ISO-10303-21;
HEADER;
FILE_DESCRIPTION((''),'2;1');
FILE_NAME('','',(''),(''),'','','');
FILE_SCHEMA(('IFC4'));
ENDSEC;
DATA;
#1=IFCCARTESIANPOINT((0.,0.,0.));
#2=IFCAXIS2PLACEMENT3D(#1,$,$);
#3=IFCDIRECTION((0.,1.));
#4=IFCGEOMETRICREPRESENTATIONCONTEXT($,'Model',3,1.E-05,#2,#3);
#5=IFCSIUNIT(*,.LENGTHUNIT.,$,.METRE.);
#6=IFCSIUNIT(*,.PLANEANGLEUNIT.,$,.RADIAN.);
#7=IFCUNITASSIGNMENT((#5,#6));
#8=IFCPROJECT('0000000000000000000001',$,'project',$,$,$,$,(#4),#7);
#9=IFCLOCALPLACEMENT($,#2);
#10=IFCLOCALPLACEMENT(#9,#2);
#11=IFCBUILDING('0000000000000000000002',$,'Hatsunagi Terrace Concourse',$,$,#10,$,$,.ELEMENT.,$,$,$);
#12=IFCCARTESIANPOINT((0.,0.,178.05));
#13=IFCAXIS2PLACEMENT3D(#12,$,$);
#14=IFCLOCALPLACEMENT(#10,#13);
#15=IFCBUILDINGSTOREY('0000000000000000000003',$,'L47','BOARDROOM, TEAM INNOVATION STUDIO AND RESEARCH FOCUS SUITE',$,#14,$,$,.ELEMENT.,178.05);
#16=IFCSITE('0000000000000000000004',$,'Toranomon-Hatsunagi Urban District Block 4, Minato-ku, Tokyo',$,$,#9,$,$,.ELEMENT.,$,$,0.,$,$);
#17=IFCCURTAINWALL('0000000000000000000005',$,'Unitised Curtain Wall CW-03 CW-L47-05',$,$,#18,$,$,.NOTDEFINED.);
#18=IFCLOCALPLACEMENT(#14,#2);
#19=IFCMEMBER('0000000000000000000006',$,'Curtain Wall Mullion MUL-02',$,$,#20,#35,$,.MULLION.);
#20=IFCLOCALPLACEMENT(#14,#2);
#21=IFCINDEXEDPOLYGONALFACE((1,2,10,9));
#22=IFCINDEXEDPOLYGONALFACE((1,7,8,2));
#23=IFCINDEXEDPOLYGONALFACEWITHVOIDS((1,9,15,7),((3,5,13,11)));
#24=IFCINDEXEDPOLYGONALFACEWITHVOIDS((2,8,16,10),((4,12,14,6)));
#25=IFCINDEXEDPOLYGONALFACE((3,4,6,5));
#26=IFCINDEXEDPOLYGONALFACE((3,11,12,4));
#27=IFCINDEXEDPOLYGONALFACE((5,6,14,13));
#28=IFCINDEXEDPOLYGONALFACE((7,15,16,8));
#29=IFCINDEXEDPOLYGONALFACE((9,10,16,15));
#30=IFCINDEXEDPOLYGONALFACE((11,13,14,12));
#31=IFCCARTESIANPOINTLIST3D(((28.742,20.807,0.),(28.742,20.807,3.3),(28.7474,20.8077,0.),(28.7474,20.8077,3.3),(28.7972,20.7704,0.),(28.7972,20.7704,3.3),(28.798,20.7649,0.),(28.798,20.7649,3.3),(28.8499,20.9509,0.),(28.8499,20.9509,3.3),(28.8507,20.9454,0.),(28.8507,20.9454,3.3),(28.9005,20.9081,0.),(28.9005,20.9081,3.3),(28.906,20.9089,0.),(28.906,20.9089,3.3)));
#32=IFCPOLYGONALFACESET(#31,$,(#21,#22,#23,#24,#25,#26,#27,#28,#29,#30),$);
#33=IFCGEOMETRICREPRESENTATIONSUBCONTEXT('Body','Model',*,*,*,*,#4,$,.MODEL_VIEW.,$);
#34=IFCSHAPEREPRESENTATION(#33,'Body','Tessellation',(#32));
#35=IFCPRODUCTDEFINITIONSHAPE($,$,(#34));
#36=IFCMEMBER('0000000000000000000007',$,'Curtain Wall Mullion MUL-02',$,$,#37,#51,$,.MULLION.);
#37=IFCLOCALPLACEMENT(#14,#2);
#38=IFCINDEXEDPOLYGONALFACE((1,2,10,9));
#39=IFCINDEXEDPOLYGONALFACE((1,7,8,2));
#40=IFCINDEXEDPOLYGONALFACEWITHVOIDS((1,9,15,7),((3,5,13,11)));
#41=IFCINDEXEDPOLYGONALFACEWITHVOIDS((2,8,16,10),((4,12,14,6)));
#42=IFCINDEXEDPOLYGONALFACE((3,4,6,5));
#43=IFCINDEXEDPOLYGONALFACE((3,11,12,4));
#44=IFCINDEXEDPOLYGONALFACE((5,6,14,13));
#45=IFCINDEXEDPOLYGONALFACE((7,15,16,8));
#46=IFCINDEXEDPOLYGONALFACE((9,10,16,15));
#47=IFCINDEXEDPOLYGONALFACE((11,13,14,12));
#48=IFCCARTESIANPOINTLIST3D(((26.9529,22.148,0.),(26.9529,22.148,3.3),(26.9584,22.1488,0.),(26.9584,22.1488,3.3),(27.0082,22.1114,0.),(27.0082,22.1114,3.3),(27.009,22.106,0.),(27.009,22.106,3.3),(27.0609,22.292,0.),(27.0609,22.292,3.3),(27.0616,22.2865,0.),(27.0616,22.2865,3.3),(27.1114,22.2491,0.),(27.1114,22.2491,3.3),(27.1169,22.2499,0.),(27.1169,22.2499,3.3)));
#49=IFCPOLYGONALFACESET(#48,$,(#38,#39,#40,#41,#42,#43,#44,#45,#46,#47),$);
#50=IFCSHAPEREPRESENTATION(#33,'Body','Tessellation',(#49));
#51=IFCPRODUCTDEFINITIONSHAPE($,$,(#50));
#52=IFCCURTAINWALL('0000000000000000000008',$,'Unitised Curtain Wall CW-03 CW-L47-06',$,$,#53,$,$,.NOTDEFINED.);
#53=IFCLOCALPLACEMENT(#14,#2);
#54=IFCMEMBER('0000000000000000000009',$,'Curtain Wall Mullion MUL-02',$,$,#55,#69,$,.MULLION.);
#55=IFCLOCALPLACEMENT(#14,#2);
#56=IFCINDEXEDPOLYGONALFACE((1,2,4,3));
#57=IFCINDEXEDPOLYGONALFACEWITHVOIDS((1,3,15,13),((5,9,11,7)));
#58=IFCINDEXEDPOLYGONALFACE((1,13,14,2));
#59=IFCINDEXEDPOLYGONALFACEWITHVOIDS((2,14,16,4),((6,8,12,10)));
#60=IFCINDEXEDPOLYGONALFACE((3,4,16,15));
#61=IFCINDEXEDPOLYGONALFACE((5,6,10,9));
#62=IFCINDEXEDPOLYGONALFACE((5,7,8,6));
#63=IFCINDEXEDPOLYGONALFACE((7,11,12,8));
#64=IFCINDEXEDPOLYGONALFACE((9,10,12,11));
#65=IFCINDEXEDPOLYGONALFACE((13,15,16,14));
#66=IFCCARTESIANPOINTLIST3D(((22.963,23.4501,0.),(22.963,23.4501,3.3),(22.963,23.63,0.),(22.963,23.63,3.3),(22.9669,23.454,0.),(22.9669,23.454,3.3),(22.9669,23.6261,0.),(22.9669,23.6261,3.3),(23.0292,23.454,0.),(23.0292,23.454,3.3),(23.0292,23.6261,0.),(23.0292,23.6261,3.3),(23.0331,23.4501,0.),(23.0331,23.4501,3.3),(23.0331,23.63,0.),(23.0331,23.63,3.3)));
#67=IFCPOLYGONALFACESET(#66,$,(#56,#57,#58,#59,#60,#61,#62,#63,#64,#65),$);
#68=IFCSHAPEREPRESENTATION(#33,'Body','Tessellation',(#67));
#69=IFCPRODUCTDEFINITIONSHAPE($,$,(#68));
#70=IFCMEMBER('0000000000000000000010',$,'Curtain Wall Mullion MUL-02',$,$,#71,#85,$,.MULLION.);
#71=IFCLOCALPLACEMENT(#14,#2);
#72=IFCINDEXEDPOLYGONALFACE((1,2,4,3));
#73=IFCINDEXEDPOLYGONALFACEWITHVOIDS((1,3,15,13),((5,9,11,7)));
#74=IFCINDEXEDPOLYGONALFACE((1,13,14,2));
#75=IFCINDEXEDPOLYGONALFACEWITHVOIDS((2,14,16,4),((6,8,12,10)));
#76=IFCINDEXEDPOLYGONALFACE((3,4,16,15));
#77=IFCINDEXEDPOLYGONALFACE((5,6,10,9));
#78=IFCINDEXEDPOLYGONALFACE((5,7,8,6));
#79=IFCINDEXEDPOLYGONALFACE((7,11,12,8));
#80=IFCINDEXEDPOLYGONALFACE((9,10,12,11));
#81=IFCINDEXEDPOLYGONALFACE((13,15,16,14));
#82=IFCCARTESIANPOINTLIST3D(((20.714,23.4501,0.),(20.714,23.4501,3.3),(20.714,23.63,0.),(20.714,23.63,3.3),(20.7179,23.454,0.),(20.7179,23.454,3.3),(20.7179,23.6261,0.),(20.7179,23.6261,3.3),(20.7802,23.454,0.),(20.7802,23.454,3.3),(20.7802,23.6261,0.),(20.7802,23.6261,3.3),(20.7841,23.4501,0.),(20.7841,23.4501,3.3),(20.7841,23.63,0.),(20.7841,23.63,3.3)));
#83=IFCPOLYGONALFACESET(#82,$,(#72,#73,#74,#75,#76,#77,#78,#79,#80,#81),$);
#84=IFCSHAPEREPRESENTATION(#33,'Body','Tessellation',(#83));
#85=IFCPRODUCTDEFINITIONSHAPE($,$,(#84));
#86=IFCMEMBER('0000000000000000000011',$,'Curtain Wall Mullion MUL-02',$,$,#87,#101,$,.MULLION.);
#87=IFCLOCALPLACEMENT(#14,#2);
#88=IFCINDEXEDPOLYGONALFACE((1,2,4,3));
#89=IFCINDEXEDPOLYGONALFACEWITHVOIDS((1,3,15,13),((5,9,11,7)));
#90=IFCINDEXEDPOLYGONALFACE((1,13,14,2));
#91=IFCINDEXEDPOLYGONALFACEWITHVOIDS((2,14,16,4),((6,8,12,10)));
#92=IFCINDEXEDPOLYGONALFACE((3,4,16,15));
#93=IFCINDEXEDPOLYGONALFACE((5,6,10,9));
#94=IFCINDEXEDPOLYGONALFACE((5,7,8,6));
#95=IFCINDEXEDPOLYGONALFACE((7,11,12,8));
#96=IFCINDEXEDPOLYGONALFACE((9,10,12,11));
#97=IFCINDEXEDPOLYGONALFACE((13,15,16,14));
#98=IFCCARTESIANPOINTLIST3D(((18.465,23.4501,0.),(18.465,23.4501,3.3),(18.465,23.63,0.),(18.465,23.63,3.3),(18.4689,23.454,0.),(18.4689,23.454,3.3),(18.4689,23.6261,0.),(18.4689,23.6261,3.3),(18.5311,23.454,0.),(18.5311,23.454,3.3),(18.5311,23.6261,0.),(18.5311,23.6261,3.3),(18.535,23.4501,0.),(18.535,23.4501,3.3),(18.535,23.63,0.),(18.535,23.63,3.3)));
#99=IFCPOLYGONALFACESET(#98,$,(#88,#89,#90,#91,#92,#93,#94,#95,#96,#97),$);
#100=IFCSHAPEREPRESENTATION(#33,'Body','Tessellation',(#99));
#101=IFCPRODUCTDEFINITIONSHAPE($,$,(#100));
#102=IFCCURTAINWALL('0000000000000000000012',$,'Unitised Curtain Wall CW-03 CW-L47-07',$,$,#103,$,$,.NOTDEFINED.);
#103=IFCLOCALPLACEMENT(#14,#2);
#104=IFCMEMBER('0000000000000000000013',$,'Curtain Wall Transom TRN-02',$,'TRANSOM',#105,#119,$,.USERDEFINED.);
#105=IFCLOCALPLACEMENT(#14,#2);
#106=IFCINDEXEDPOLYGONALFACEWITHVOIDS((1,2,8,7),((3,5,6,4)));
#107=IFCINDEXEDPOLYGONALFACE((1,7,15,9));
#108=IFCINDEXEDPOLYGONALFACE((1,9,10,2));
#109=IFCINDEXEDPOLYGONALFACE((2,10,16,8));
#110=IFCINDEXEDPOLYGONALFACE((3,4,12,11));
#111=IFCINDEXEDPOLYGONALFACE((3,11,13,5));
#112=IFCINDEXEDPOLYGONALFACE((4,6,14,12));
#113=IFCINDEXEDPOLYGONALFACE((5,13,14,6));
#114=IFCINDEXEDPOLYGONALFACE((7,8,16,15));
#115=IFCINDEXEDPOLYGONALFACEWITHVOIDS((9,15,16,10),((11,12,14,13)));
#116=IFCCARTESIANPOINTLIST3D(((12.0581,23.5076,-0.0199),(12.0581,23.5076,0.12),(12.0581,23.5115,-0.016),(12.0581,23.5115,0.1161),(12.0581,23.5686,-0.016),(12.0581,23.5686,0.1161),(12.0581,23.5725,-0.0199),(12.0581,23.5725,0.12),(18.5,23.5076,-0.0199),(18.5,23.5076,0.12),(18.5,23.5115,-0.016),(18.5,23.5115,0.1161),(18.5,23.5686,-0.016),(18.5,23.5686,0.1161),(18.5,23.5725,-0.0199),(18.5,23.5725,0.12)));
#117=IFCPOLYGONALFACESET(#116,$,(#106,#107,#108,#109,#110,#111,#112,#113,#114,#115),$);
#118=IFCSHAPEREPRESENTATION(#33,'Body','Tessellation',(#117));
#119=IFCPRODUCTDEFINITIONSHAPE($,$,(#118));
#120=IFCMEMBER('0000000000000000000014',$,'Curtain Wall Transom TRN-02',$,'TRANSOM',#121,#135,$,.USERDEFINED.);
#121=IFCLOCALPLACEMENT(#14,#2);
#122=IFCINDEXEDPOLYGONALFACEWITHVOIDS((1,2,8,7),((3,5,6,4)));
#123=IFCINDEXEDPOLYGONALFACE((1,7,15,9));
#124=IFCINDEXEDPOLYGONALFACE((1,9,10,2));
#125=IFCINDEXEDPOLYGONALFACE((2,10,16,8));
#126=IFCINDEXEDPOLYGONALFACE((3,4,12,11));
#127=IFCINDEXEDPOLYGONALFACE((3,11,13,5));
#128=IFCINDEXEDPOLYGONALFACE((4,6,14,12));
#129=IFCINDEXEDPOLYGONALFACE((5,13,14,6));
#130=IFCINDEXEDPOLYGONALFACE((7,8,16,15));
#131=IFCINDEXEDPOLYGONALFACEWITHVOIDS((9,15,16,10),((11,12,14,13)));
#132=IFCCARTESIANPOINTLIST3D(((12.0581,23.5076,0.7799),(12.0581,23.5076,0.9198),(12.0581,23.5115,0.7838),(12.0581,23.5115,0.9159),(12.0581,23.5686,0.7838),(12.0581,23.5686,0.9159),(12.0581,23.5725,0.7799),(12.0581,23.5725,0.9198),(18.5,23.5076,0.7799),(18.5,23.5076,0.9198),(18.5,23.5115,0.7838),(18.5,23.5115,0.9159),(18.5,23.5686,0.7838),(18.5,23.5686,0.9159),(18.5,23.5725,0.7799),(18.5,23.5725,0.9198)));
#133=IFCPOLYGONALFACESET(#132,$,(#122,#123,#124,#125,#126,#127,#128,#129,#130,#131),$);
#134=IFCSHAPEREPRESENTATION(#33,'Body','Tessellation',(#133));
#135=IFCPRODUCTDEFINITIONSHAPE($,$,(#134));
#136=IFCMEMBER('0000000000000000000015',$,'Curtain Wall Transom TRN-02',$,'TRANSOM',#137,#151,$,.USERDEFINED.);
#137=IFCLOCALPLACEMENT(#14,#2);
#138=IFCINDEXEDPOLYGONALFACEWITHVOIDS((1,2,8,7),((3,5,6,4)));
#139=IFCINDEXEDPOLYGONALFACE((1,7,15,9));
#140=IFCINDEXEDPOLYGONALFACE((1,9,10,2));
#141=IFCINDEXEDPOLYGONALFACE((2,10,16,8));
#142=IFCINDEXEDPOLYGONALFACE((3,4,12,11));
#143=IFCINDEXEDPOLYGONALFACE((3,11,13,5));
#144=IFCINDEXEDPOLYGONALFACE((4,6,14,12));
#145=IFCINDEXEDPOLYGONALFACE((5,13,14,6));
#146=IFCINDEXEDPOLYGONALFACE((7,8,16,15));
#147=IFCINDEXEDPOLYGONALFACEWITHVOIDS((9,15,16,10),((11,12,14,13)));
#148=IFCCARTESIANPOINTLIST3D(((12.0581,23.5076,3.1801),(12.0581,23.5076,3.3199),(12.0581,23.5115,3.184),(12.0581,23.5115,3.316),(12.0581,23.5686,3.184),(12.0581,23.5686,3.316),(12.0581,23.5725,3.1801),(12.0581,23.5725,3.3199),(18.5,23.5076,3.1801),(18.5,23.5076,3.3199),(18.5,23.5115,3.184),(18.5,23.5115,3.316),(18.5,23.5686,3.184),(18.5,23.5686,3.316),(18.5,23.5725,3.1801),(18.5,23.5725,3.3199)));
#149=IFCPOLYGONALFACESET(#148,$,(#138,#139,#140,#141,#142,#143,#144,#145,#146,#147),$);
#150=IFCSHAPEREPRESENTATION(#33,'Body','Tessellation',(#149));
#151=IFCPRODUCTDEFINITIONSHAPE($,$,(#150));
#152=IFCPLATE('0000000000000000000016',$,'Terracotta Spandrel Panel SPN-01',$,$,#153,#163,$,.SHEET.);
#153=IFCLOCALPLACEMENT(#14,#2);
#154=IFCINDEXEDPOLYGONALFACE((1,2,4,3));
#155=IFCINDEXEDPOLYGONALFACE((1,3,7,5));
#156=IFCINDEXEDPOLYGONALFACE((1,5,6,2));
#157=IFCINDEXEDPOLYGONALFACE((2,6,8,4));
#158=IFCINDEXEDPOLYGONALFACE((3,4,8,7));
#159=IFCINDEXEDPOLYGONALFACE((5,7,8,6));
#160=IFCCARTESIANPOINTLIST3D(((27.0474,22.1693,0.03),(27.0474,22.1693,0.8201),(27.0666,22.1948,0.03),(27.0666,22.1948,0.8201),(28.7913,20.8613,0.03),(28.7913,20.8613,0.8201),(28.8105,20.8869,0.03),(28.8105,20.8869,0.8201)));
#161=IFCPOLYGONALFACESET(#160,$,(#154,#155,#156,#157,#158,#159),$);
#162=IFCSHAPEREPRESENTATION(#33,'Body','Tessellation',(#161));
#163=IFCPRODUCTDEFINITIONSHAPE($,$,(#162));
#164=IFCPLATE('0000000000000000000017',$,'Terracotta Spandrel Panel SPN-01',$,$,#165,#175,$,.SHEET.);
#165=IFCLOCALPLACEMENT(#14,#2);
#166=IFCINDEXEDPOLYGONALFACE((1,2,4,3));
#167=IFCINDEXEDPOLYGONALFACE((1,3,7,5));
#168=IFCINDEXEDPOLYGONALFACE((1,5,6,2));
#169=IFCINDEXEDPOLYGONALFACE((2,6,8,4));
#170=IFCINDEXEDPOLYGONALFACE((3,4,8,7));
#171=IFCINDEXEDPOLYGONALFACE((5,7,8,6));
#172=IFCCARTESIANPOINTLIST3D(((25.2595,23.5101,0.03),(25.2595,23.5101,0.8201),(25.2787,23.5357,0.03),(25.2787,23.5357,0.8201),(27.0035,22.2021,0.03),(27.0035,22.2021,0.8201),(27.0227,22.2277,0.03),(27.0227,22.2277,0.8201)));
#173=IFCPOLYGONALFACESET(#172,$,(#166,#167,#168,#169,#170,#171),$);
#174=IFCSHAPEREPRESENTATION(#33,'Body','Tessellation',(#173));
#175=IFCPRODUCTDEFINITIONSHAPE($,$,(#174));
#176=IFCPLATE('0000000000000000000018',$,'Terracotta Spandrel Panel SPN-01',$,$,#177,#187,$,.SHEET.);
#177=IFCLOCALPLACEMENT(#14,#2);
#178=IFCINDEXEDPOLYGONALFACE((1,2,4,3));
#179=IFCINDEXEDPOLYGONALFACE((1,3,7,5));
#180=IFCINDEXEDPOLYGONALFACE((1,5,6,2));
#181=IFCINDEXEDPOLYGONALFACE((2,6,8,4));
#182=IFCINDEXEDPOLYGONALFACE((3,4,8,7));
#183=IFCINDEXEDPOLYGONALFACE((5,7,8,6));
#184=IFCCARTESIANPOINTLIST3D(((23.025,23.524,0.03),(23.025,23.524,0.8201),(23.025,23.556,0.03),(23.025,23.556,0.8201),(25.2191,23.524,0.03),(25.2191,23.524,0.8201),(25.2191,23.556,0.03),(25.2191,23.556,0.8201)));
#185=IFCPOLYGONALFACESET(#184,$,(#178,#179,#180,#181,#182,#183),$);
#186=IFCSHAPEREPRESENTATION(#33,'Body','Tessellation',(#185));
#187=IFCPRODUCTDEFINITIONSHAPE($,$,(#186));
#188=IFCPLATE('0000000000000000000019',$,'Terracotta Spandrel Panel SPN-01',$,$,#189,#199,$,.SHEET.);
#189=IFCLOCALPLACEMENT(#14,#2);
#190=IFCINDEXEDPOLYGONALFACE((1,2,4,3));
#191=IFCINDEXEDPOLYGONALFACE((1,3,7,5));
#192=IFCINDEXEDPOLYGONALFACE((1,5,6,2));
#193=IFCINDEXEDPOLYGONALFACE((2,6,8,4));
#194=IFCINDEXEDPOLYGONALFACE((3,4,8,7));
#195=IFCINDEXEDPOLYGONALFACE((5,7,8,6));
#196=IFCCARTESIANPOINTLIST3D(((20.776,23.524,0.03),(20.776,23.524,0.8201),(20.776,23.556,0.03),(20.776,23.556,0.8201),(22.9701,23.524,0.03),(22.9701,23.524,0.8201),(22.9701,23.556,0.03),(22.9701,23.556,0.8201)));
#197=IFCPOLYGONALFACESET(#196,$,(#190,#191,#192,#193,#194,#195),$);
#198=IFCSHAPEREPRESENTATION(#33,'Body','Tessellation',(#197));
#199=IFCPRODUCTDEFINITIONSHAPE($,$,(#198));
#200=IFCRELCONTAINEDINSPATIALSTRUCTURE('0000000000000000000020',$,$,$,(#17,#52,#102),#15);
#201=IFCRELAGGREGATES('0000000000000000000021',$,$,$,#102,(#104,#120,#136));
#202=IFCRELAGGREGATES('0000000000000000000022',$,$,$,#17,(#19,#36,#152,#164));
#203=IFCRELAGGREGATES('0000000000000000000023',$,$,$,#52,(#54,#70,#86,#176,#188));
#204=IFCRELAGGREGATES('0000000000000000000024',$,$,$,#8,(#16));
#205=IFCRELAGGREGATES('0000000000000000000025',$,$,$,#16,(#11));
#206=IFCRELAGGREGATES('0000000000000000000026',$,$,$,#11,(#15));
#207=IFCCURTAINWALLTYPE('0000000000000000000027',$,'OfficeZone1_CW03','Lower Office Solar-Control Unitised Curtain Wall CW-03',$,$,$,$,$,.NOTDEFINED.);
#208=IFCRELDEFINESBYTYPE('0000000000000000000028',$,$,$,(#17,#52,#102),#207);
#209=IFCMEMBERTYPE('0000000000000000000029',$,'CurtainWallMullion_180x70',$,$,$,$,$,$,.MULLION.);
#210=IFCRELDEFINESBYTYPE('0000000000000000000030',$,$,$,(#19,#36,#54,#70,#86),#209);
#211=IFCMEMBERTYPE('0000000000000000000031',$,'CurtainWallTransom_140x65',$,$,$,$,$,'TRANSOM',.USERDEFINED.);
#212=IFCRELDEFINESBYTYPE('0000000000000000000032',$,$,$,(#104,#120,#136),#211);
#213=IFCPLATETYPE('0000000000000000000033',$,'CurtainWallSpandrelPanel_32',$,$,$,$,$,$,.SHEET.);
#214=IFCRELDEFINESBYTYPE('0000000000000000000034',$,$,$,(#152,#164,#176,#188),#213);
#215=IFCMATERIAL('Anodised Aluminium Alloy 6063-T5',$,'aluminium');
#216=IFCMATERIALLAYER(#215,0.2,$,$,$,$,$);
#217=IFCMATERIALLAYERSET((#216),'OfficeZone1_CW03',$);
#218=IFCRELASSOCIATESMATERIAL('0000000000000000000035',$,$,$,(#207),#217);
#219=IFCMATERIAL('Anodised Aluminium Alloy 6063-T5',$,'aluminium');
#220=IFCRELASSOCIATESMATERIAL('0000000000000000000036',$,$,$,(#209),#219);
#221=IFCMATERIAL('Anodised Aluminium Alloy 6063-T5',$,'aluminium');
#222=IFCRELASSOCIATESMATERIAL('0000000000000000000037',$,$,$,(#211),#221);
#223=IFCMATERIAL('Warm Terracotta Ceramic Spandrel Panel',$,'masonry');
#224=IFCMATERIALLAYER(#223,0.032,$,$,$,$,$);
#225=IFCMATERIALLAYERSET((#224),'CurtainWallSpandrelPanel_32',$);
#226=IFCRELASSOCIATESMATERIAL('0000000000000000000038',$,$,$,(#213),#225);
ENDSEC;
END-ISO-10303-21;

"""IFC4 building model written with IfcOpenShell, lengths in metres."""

from ifc_helpers import new_model, si_unit, direction, frame, origin, origin_2d, place, context, subcontext, project, spatial, rectangle, hollow_rectangle, extrude, material, layer, layer_set, material_profile, profile_set, type_object, element, aggregate, save


model = new_model("IFC4")

# Units and contexts
model_context = context("Model", 3, precision=1e-05, world=origin(), true_north=direction((0.0, 1.0)))
body_context = subcontext(model_context, "Body", "Model", "MODEL_VIEW")
ifc_project = project(units=[si_unit("LENGTHUNIT", "METRE"), si_unit("PLANEANGLEUNIT", "RADIAN")], contexts=[model_context])

# Site, building, storey
site_placement = place(None, origin())
site = spatial("IfcSite", under=ifc_project, at=site_placement, Name="Toranomon-Hatsunagi Urban District Block 4, Minato-ku, Tokyo", CompositionType="ELEMENT", RefElevation=0.0)
building_placement = place(site_placement, origin())
building = spatial("IfcBuilding", under=site, at=building_placement, Name="Hatsunagi Terrace Concourse", CompositionType="ELEMENT")
storey_placement = place(building_placement, frame((0.0, 0.0, 178.05)))
storey = spatial("IfcBuildingStorey", under=building, at=storey_placement, Name="L47", Description="BOARDROOM, TEAM INNOVATION STUDIO AND RESEARCH FOCUS SUITE", CompositionType="ELEMENT", Elevation=178.05)

# Curtain walls, members
ifc_material_1 = material(Name="Anodised Aluminium Alloy 6063-T5", Category="aluminium")
ifc_layer_1 = layer(ifc_material_1, 0.2)
ifc_layer_set_1 = layer_set([ifc_layer_1], Name="OfficeZone1_CW03")
curtain_wall_type = type_object("IfcCurtainWallType", Name="OfficeZone1_CW03", Description="Lower Office Solar-Control Unitised Curtain Wall CW-03", PredefinedType="NOTDEFINED", material=ifc_layer_set_1)
curtain_wall_1_placement = place(storey_placement, origin())
curtain_wall_1 = element("IfcCurtainWall", 1, at=curtain_wall_1_placement, inside=storey, type_object=curtain_wall_type, Name="Unitised Curtain Wall CW-03 CW-L47-05", PredefinedType="NOTDEFINED")
ifc_material_2 = material(Name="Anodised Aluminium Alloy 6063-T5", Category="aluminium")
ifc_material_profile_1 = material_profile(ifc_material_2, hollow_rectangle(XDim=0.0701, YDim=0.1799, WallThickness=0.0039, at=origin_2d()), Name="ALU-MUL-180x70x4")
ifc_profile_set_1 = profile_set([ifc_material_profile_1], Name="Anodised Aluminium Alloy 6063-T5")
member_type_1 = type_object("IfcMemberType", Name="CurtainWallMullion_180x70", PredefinedType="MULLION", material=ifc_profile_set_1)
member_1_placement = place(storey_placement, frame((28.824, 20.8579, 0.0), z_axis=(0.0, 0.0, 1.0), x_axis=(-0.800005, 0.599993, 0.0)))
member_1 = element("IfcMember", 2, at=member_1_placement, type_object=member_type_1, Name="Curtain Wall Mullion MUL-02", PredefinedType="MULLION", context=body_context, shape_type="SweptSolid", body=[
    extrude(hollow_rectangle(XDim=0.0701, YDim=0.1799, WallThickness=0.0039, at=origin_2d()), origin(), (0.0, 0.0, 1.0), 3.3),
])
member_2_placement = place(storey_placement, frame((27.0349, 22.199, 0.0), z_axis=(0.0, 0.0, 1.0), x_axis=(-0.800005, 0.599993, 0.0)))
member_2 = element("IfcMember", 3, at=member_2_placement, type_object=member_type_1, Name="Curtain Wall Mullion MUL-02", PredefinedType="MULLION", context=body_context, shape_type="SweptSolid", body=[
    extrude(hollow_rectangle(XDim=0.0701, YDim=0.1799, WallThickness=0.0039, at=origin_2d()), origin(), (0.0, 0.0, 1.0), 3.3),
])
curtain_wall_2_placement = place(storey_placement, origin())
curtain_wall_2 = element("IfcCurtainWall", 4, at=curtain_wall_2_placement, inside=storey, type_object=curtain_wall_type, Name="Unitised Curtain Wall CW-03 CW-L47-06", PredefinedType="NOTDEFINED")
member_3_placement = place(storey_placement, frame((22.998, 23.54, 0.0), z_axis=(0.0, 0.0, 1.0), x_axis=(-1.0, 0.0, 0.0)))
member_3 = element("IfcMember", 5, at=member_3_placement, type_object=member_type_1, Name="Curtain Wall Mullion MUL-02", PredefinedType="MULLION", context=body_context, shape_type="SweptSolid", body=[
    extrude(hollow_rectangle(XDim=0.0701, YDim=0.1799, WallThickness=0.0039, at=origin_2d()), origin(), (0.0, 0.0, 1.0), 3.3),
])
member_4_placement = place(storey_placement, frame((20.749, 23.54, 0.0), z_axis=(0.0, 0.0, 1.0), x_axis=(-1.0, 0.0, 0.0)))
member_4 = element("IfcMember", 6, at=member_4_placement, type_object=member_type_1, Name="Curtain Wall Mullion MUL-02", PredefinedType="MULLION", context=body_context, shape_type="SweptSolid", body=[
    extrude(hollow_rectangle(XDim=0.0701, YDim=0.1799, WallThickness=0.0039, at=origin_2d()), origin(), (0.0, 0.0, 1.0), 3.3),
])
member_5_placement = place(storey_placement, frame((18.5, 23.54, 0.0), z_axis=(0.0, 0.0, 1.0), x_axis=(-1.0, 0.0, 0.0)))
member_5 = element("IfcMember", 7, at=member_5_placement, type_object=member_type_1, Name="Curtain Wall Mullion MUL-02", PredefinedType="MULLION", context=body_context, shape_type="SweptSolid", body=[
    extrude(hollow_rectangle(XDim=0.0701, YDim=0.1799, WallThickness=0.0039, at=origin_2d()), origin(), (0.0, 0.0, 1.0), 3.3),
])
curtain_wall_3_placement = place(storey_placement, origin())
curtain_wall_3 = element("IfcCurtainWall", 8, at=curtain_wall_3_placement, inside=storey, type_object=curtain_wall_type, Name="Unitised Curtain Wall CW-03 CW-L47-07", PredefinedType="NOTDEFINED")
ifc_material_3 = material(Name="Anodised Aluminium Alloy 6063-T5", Category="aluminium")
ifc_material_profile_2 = material_profile(ifc_material_3, hollow_rectangle(XDim=0.0649, YDim=0.1399, WallThickness=0.0039, at=origin_2d()), Name="ALU-TRN-140x65x4")
ifc_profile_set_2 = profile_set([ifc_material_profile_2], Name="Anodised Aluminium Alloy 6063-T5")
member_type_2 = type_object("IfcMemberType", Name="CurtainWallTransom_140x65", ElementType="TRANSOM", PredefinedType="USERDEFINED", material=ifc_profile_set_2)
member_6_placement = place(storey_placement, frame((18.5, 23.54, 0.05), z_axis=(-1.0, 0.0, 0.0), x_axis=(0.0, -1.0, 0.0)))
member_6 = element("IfcMember", 9, at=member_6_placement, type_object=member_type_2, Name="Curtain Wall Transom TRN-02", ObjectType="TRANSOM", PredefinedType="USERDEFINED", context=body_context, shape_type="SweptSolid", body=[
    extrude(hollow_rectangle(XDim=0.0649, YDim=0.1399, WallThickness=0.0039, at=origin_2d()), origin(), (0.0, 0.0, 1.0), 6.4419),
])
member_7_placement = place(storey_placement, frame((18.5, 23.54, 0.8499), z_axis=(-1.0, 0.0, 0.0), x_axis=(0.0, -1.0, 0.0)))
member_7 = element("IfcMember", 10, at=member_7_placement, type_object=member_type_2, Name="Curtain Wall Transom TRN-02", ObjectType="TRANSOM", PredefinedType="USERDEFINED", context=body_context, shape_type="SweptSolid", body=[
    extrude(hollow_rectangle(XDim=0.0649, YDim=0.1399, WallThickness=0.0039, at=origin_2d()), origin(), (0.0, 0.0, 1.0), 6.4419),
])
member_8_placement = place(storey_placement, frame((18.5, 23.54, 3.25), z_axis=(-1.0, 0.0, 0.0), x_axis=(0.0, -1.0, 0.0)))
member_8 = element("IfcMember", 11, at=member_8_placement, type_object=member_type_2, Name="Curtain Wall Transom TRN-02", ObjectType="TRANSOM", PredefinedType="USERDEFINED", context=body_context, shape_type="SweptSolid", body=[
    extrude(hollow_rectangle(XDim=0.0649, YDim=0.1399, WallThickness=0.0039, at=origin_2d()), origin(), (0.0, 0.0, 1.0), 6.4419),
])
aggregate(curtain_wall_3, [member_6, member_7, member_8])

# Plates
ifc_material_4 = material(Name="Warm Terracotta Ceramic Spandrel Panel", Category="masonry")
ifc_layer_2 = layer(ifc_material_4, 0.032)
ifc_layer_set_2 = layer_set([ifc_layer_2], Name="CurtainWallSpandrelPanel_32")
plate_type_1 = type_object("IfcPlateType", Name="CurtainWallSpandrelPanel_32", PredefinedType="SHEET", material=ifc_layer_set_2)
plate_1_placement = place(storey_placement, frame((27.929, 21.5281, 0.03), z_axis=(0.0, 0.0, 1.0), x_axis=(-0.800005, 0.599993, 0.0)))
plate_1 = element("IfcPlate", 12, at=plate_1_placement, type_object=plate_type_1, Name="Terracotta Spandrel Panel SPN-01", PredefinedType="SHEET", context=body_context, shape_type="SweptSolid", body=[
    extrude(rectangle(XDim=2.1799, YDim=0.032, at=origin_2d()), origin(), (0.0, 0.0, 1.0), 0.79),
])
plate_2_placement = place(storey_placement, frame((26.1411, 22.8689, 0.03), z_axis=(0.0, 0.0, 1.0), x_axis=(-0.800005, 0.599993, 0.0)))
plate_2 = element("IfcPlate", 13, at=plate_2_placement, type_object=plate_type_1, Name="Terracotta Spandrel Panel SPN-01", PredefinedType="SHEET", context=body_context, shape_type="SweptSolid", body=[
    extrude(rectangle(XDim=2.1799, YDim=0.032, at=origin_2d()), origin(), (0.0, 0.0, 1.0), 0.79),
])
plate_3_placement = place(storey_placement, frame((24.1221, 23.54, 0.03), z_axis=(0.0, 0.0, 1.0), x_axis=(-1.0, 0.0, 0.0)))
plate_3 = element("IfcPlate", 14, at=plate_3_placement, type_object=plate_type_1, Name="Terracotta Spandrel Panel SPN-01", PredefinedType="SHEET", context=body_context, shape_type="SweptSolid", body=[
    extrude(rectangle(XDim=2.1941, YDim=0.032, at=origin_2d()), origin(), (0.0, 0.0, 1.0), 0.79),
])
plate_4_placement = place(storey_placement, frame((21.873, 23.54, 0.03), z_axis=(0.0, 0.0, 1.0), x_axis=(-1.0, 0.0, 0.0)))
plate_4 = element("IfcPlate", 15, at=plate_4_placement, type_object=plate_type_1, Name="Terracotta Spandrel Panel SPN-01", PredefinedType="SHEET", context=body_context, shape_type="SweptSolid", body=[
    extrude(rectangle(XDim=2.1941, YDim=0.032, at=origin_2d()), origin(), (0.0, 0.0, 1.0), 0.79),
])
aggregate(curtain_wall_1, [member_1, member_2, plate_1, plate_2])
aggregate(curtain_wall_2, [member_3, member_4, member_5, plate_3, plate_4])

save(model, "model.ifc")
